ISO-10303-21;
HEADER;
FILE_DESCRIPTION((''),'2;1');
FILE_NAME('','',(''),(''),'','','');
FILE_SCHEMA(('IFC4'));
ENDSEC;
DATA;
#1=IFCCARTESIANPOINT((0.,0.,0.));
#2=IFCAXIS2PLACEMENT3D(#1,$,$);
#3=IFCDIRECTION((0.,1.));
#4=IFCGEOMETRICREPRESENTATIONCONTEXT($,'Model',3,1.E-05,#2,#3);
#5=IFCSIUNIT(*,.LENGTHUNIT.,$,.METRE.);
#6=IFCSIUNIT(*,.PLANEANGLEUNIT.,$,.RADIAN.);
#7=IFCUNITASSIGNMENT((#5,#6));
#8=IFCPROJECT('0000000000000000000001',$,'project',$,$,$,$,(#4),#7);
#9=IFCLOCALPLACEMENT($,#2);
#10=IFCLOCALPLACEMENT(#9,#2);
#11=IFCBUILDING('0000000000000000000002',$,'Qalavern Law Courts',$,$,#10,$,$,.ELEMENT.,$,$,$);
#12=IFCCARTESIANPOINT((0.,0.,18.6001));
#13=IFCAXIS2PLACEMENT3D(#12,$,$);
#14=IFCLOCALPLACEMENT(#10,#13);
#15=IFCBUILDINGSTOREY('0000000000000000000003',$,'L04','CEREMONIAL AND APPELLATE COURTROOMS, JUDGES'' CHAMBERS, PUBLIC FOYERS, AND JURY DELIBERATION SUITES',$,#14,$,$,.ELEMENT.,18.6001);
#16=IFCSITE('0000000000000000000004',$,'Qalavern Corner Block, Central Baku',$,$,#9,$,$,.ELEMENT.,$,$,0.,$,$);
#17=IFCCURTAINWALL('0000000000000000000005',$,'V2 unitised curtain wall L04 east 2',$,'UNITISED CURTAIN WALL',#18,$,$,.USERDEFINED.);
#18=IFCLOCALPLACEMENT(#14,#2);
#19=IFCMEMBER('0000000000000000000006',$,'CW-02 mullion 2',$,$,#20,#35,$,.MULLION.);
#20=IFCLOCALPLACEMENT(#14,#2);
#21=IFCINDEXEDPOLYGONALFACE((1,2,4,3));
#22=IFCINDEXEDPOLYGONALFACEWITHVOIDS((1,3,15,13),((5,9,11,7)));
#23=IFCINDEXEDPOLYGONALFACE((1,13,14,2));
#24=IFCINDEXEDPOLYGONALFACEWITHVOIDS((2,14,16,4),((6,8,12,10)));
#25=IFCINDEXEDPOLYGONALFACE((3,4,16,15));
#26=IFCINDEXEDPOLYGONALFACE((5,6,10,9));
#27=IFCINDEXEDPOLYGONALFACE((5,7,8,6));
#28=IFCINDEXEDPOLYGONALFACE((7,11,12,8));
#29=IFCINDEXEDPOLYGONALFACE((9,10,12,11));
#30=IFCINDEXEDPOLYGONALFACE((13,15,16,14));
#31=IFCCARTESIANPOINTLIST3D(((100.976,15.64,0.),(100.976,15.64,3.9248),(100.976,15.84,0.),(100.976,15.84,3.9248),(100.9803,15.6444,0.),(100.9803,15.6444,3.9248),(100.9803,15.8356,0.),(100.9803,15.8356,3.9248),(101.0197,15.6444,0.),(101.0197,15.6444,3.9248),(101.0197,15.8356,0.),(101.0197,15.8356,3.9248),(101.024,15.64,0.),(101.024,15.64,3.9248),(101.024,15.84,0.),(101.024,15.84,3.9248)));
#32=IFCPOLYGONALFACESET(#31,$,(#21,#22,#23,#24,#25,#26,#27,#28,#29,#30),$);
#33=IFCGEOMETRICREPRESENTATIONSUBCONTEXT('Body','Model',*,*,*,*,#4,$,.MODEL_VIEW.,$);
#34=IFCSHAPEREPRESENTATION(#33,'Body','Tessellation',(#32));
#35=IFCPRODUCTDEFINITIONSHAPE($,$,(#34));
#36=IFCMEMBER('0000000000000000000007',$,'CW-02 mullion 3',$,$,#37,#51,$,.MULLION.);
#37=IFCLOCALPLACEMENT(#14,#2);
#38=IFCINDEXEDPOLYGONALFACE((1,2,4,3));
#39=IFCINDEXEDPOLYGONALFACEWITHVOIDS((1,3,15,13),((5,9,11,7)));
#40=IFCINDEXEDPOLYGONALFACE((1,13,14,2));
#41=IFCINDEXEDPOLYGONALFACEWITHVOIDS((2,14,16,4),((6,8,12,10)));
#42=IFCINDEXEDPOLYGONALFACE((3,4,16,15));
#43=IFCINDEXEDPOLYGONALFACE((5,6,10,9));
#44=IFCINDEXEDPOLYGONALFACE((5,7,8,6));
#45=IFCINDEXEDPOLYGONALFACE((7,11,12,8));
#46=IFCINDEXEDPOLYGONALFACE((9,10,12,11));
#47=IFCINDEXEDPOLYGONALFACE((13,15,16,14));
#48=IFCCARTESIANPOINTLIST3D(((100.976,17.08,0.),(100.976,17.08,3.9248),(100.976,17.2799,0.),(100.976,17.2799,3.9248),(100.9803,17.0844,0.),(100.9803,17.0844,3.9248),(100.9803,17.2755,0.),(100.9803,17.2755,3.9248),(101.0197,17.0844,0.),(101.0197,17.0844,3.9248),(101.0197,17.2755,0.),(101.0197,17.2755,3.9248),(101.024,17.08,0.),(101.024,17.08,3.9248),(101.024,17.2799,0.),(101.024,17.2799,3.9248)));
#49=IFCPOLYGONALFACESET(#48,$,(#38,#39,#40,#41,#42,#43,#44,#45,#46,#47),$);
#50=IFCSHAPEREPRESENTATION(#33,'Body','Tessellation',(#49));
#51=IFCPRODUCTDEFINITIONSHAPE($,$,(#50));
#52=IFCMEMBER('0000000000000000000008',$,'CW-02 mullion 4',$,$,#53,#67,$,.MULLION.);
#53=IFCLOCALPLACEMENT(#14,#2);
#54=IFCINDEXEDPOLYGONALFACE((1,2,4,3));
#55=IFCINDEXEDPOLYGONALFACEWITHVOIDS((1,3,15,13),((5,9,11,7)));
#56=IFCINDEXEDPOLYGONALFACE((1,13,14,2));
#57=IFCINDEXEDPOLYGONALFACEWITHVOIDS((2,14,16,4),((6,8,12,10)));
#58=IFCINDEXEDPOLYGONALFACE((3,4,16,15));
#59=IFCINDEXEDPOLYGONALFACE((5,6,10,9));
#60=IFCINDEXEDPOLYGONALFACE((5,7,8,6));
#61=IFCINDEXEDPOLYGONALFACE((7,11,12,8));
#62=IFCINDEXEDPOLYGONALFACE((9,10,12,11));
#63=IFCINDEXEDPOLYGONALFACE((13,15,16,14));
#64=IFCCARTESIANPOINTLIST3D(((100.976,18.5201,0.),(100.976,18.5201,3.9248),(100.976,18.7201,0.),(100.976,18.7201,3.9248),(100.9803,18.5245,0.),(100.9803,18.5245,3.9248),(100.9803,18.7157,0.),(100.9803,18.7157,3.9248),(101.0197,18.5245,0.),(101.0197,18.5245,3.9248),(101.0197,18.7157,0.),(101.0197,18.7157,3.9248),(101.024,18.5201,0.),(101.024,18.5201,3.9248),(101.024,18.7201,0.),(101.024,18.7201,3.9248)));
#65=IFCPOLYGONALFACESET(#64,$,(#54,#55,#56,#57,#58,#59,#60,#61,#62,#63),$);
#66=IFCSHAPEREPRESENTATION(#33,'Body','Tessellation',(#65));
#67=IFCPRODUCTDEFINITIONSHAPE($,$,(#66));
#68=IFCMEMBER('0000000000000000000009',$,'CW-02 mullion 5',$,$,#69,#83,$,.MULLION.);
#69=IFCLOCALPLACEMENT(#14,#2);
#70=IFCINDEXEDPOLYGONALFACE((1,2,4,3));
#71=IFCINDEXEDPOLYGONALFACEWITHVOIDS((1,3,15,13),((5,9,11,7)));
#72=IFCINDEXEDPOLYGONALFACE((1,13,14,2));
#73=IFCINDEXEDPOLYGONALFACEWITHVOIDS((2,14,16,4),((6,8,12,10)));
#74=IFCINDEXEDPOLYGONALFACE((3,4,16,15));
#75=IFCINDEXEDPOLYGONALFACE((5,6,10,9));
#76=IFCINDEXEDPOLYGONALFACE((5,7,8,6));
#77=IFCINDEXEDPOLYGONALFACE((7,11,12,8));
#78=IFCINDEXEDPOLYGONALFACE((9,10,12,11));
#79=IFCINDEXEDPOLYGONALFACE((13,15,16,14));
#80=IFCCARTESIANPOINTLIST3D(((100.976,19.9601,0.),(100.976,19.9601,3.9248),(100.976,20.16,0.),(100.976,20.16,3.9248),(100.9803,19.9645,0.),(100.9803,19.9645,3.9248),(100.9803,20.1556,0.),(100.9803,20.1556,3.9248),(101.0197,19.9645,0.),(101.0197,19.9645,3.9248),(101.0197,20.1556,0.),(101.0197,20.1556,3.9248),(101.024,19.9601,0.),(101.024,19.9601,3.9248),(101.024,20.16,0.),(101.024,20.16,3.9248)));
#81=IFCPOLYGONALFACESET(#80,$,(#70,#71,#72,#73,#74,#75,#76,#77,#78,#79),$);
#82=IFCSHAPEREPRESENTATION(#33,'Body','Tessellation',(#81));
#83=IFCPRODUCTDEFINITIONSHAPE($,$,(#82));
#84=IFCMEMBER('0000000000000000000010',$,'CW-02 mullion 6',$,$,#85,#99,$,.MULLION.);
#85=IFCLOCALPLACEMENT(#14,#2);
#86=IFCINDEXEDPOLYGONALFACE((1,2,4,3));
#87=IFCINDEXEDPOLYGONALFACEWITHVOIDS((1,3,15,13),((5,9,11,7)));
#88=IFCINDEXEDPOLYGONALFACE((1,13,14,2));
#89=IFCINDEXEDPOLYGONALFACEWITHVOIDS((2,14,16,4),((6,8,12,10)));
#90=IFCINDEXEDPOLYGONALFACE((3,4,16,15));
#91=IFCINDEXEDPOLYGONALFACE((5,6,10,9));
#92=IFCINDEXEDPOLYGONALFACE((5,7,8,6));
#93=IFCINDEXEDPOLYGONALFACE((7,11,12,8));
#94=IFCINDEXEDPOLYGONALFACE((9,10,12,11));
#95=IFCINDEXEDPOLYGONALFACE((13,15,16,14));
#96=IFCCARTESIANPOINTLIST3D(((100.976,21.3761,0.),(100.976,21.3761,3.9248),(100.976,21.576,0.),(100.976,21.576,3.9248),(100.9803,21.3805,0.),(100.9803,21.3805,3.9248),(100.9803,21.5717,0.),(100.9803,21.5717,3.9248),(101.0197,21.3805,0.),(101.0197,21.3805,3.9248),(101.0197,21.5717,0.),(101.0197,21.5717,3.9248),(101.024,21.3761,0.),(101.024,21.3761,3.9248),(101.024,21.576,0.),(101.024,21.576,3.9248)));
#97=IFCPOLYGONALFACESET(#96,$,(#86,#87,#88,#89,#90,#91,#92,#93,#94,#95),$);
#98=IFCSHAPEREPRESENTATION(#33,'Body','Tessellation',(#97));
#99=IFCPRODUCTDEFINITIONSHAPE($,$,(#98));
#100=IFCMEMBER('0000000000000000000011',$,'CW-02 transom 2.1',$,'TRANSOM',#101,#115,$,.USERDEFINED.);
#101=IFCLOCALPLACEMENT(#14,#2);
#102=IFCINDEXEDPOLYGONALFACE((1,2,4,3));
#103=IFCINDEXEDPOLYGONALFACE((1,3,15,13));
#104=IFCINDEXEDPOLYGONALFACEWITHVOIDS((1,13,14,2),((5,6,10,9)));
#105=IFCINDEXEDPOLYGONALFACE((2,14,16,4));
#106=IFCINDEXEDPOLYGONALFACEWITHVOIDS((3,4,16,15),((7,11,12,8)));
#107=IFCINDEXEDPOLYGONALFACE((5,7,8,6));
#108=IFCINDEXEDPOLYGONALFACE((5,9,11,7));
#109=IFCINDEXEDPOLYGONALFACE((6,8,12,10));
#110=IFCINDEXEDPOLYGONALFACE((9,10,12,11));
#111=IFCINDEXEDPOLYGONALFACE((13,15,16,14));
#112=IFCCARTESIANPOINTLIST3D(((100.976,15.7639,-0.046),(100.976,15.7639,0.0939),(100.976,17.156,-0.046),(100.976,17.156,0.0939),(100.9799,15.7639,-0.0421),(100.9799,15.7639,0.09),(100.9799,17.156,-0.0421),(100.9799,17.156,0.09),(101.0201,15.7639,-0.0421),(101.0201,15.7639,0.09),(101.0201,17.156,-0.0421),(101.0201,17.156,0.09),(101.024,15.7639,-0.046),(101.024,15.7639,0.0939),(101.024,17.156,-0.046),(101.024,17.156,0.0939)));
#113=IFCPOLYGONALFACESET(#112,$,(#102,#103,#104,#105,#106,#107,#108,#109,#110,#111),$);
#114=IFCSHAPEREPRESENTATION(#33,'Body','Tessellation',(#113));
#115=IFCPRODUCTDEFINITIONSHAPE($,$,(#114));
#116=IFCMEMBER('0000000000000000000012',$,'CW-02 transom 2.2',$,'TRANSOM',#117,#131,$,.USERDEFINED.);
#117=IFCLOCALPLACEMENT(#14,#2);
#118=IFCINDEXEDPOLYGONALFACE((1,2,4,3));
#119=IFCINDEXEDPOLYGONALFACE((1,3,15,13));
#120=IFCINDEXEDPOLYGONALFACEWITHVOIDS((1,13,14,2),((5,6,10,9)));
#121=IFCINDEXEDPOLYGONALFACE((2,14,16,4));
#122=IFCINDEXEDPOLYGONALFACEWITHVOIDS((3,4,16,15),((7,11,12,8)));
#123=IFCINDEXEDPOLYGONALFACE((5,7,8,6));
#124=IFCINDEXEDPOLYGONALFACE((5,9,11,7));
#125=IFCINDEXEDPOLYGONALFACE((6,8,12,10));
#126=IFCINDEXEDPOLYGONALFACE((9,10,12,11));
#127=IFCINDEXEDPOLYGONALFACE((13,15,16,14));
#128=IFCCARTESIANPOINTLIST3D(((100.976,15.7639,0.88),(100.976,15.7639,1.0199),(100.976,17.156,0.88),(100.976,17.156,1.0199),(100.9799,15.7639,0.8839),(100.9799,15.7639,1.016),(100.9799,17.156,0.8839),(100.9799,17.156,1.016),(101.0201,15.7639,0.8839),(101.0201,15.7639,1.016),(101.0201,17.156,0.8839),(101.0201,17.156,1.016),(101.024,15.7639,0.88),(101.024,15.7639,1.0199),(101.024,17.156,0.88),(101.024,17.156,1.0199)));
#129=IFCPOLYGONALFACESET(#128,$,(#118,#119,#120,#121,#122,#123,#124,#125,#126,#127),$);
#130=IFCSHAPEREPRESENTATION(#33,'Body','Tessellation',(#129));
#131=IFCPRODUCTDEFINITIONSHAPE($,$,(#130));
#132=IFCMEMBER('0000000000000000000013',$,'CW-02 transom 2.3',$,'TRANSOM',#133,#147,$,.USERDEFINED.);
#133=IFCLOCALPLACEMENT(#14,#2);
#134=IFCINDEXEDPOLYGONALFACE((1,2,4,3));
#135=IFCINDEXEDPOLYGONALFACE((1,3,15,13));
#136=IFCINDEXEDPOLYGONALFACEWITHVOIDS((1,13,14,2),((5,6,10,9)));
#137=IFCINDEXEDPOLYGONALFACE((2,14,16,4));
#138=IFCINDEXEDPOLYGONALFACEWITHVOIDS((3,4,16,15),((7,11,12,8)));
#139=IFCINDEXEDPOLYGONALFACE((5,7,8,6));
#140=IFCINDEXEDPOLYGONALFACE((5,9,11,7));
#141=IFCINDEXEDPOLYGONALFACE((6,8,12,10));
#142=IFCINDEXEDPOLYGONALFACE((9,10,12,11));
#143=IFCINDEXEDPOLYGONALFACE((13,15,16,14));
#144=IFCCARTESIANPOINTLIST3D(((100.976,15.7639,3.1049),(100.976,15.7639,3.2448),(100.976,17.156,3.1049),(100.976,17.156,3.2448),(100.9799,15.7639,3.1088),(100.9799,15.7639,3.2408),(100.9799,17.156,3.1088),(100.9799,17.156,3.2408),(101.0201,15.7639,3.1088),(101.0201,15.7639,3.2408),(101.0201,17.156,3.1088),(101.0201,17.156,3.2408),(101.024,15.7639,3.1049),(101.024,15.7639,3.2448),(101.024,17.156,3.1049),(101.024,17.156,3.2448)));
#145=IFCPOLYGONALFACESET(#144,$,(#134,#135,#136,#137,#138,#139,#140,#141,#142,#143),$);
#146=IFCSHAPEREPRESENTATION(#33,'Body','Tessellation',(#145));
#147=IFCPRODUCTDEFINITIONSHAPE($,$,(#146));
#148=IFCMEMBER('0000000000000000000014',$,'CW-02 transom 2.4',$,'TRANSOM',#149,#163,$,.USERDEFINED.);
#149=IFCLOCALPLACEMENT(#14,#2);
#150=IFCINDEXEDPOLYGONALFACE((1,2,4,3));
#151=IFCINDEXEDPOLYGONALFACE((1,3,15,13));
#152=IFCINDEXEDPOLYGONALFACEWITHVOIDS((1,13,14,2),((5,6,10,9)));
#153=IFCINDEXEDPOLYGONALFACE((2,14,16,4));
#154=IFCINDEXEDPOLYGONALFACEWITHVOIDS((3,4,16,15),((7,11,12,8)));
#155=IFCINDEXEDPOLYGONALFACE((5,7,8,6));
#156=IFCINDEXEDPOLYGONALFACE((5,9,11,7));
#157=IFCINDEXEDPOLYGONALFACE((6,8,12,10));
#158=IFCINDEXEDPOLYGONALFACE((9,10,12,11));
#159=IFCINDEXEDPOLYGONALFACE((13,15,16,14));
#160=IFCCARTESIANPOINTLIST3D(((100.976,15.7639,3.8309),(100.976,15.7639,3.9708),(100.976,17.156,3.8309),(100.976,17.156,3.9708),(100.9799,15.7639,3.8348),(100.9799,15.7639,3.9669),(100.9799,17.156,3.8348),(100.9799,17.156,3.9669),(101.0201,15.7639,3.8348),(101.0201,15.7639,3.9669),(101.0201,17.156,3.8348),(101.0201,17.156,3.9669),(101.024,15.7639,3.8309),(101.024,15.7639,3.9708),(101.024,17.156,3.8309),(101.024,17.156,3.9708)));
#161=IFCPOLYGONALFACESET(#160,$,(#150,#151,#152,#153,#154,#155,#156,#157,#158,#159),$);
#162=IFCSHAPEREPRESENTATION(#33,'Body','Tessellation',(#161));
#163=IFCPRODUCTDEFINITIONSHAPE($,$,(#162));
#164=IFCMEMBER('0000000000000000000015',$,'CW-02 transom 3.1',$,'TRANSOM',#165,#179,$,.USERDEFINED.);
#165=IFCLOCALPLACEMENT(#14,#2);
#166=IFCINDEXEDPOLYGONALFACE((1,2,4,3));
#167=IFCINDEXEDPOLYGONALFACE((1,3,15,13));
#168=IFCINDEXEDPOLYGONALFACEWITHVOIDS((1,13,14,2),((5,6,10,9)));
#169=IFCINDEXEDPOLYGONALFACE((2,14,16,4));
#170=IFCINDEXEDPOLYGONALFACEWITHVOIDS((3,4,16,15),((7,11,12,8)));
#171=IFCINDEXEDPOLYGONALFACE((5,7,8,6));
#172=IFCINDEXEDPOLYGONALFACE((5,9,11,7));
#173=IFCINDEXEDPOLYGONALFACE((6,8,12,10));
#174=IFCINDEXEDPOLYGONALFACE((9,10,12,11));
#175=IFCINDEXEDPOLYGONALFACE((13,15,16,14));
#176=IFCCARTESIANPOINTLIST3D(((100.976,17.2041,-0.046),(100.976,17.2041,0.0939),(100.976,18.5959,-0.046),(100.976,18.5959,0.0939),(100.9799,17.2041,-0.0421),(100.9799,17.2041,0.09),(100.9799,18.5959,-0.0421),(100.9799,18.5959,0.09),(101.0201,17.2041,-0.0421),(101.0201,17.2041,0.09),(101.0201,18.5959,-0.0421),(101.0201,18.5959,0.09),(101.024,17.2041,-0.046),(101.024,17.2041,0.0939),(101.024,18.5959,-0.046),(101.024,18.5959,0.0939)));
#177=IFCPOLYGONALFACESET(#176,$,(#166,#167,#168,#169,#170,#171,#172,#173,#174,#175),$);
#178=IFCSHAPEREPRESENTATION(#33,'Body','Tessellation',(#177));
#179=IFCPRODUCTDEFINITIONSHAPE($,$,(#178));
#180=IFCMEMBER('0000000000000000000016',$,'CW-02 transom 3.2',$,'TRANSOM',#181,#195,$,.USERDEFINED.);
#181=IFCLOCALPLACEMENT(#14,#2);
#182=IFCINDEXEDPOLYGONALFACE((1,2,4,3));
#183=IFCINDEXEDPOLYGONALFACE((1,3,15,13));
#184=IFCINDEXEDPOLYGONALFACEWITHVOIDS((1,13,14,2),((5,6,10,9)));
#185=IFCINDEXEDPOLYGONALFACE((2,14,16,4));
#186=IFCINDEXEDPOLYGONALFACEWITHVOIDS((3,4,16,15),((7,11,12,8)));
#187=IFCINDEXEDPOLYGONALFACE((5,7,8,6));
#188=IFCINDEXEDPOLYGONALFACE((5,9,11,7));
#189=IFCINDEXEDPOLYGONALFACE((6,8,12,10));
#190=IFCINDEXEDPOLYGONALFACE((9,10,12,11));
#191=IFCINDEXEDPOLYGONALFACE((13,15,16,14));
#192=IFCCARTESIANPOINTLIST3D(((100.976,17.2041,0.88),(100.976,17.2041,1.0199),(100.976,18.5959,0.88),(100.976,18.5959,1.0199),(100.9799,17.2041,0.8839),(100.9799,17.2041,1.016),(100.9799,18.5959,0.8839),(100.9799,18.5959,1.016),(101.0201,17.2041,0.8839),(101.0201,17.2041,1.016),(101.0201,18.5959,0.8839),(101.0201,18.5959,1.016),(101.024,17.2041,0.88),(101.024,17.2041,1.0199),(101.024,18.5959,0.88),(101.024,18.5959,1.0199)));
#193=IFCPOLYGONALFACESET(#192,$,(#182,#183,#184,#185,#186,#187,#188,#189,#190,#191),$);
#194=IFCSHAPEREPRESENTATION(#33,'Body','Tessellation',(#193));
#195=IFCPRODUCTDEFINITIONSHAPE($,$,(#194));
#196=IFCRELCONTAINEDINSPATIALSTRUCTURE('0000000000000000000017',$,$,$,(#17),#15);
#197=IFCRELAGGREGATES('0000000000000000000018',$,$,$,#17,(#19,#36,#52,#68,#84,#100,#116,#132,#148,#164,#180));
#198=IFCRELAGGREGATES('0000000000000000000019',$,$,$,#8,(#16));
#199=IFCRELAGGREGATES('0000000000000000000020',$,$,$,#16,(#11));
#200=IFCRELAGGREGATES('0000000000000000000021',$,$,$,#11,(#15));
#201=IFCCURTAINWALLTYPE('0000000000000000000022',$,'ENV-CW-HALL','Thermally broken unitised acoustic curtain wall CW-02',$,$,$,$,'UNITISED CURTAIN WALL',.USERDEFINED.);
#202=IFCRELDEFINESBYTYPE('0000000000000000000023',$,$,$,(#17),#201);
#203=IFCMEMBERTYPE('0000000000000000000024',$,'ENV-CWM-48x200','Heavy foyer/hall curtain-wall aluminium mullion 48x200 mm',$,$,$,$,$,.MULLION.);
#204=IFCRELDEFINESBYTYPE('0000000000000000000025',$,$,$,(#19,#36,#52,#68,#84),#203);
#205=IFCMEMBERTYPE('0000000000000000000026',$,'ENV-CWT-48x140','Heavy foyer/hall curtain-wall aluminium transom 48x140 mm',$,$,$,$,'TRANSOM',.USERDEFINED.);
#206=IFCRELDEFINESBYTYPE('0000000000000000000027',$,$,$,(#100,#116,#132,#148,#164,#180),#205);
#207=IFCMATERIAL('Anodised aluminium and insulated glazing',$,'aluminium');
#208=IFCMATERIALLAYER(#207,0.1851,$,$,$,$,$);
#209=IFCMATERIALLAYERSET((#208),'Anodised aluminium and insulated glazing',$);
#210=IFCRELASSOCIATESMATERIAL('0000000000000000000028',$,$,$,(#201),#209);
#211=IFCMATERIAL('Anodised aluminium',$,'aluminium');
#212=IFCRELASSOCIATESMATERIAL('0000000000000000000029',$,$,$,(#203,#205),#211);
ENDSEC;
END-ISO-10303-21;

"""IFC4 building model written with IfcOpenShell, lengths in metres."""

from ifc_helpers import new_model, si_unit, direction, frame, origin, origin_2d, place, context, subcontext, project, spatial, hollow_rectangle, extrude, material, layer, layer_set, material_profile, profile_set, type_object, element, aggregate, save


model = new_model("IFC4")

# Units and contexts
model_context = context("Model", 3, precision=1e-05, world=origin(), true_north=direction((0.0, 1.0)))
body_context = subcontext(model_context, "Body", "Model", "MODEL_VIEW")
ifc_project = project(units=[si_unit("LENGTHUNIT", "METRE"), si_unit("PLANEANGLEUNIT", "RADIAN")], contexts=[model_context])

# Site, building, storey
site_placement = place(None, origin())
site = spatial("IfcSite", under=ifc_project, at=site_placement, Name="Qalavern Corner Block, Central Baku", CompositionType="ELEMENT", RefElevation=0.0)
building_placement = place(site_placement, origin())
building = spatial("IfcBuilding", under=site, at=building_placement, Name="Qalavern Law Courts", CompositionType="ELEMENT")
storey_placement = place(building_placement, frame((0.0, 0.0, 18.6001)))
storey = spatial("IfcBuildingStorey", under=building, at=storey_placement, Name="L04", Description="CEREMONIAL AND APPELLATE COURTROOMS, JUDGES' CHAMBERS, PUBLIC FOYERS, AND JURY DELIBERATION SUITES", CompositionType="ELEMENT", Elevation=18.6001)

# Curtain wall, members
ifc_material_1 = material(Name="Anodised aluminium and insulated glazing", Category="aluminium")
ifc_layer_1 = layer(ifc_material_1, 0.1851)
ifc_layer_set_1 = layer_set([ifc_layer_1], Name="Anodised aluminium and insulated glazing")
curtain_wall_type = type_object("IfcCurtainWallType", Name="ENV-CW-HALL", Description="Thermally broken unitised acoustic curtain wall CW-02", ElementType="UNITISED CURTAIN WALL", PredefinedType="USERDEFINED", material=ifc_layer_set_1)
curtain_wall_placement = place(storey_placement, origin())
curtain_wall = element("IfcCurtainWall", 1, at=curtain_wall_placement, inside=storey, type_object=curtain_wall_type, Name="V2 unitised curtain wall L04 east 2", ObjectType="UNITISED CURTAIN WALL", PredefinedType="USERDEFINED")
ifc_material_2 = material(Name="Anodised aluminium", Category="aluminium")
ifc_material_profile_1 = material_profile(ifc_material_2, hollow_rectangle(XDim=0.0481, YDim=0.2, WallThickness=0.0044, at=origin_2d()), Name="ALU MULLION 48x200")
ifc_profile_set_1 = profile_set([ifc_material_profile_1], Name="Anodised aluminium")
member_type_1 = type_object("IfcMemberType", Name="ENV-CWM-48x200", Description="Heavy foyer/hall curtain-wall aluminium mullion 48x200 mm", PredefinedType="MULLION", material=ifc_profile_set_1)
member_1_placement = place(storey_placement, frame((101.0, 15.74, 0.0), z_axis=(0.0, 0.0, 1.0), x_axis=(-1.0, 0.0, 0.0)))
member_1 = element("IfcMember", 2, at=member_1_placement, type_object=member_type_1, Name="CW-02 mullion 2", PredefinedType="MULLION", context=body_context, shape_type="SweptSolid", body=[
    extrude(hollow_rectangle(XDim=0.0481, YDim=0.2, WallThickness=0.0044, at=origin_2d()), origin(), (0.0, 0.0, 1.0), 3.9248),
])
member_2_placement = place(storey_placement, frame((101.0, 17.1799, 0.0), z_axis=(0.0, 0.0, 1.0), x_axis=(-1.0, 0.0, 0.0)))
member_2 = element("IfcMember", 3, at=member_2_placement, type_object=member_type_1, Name="CW-02 mullion 3", PredefinedType="MULLION", context=body_context, shape_type="SweptSolid", body=[
    extrude(hollow_rectangle(XDim=0.0481, YDim=0.2, WallThickness=0.0044, at=origin_2d()), origin(), (0.0, 0.0, 1.0), 3.9248),
])
member_3_placement = place(storey_placement, frame((101.0, 18.6201, 0.0), z_axis=(0.0, 0.0, 1.0), x_axis=(-1.0, 0.0, 0.0)))
member_3 = element("IfcMember", 4, at=member_3_placement, type_object=member_type_1, Name="CW-02 mullion 4", PredefinedType="MULLION", context=body_context, shape_type="SweptSolid", body=[
    extrude(hollow_rectangle(XDim=0.0481, YDim=0.2, WallThickness=0.0044, at=origin_2d()), origin(), (0.0, 0.0, 1.0), 3.9248),
])
member_4_placement = place(storey_placement, frame((101.0, 20.0601, 0.0), z_axis=(0.0, 0.0, 1.0), x_axis=(-1.0, 0.0, 0.0)))
member_4 = element("IfcMember", 5, at=member_4_placement, type_object=member_type_1, Name="CW-02 mullion 5", PredefinedType="MULLION", context=body_context, shape_type="SweptSolid", body=[
    extrude(hollow_rectangle(XDim=0.0481, YDim=0.2, WallThickness=0.0044, at=origin_2d()), origin(), (0.0, 0.0, 1.0), 3.9248),
])
member_5_placement = place(storey_placement, frame((101.0, 21.4761, 0.0), z_axis=(0.0, 0.0, 1.0), x_axis=(-1.0, 0.0, 0.0)))
member_5 = element("IfcMember", 6, at=member_5_placement, type_object=member_type_1, Name="CW-02 mullion 6", PredefinedType="MULLION", context=body_context, shape_type="SweptSolid", body=[
    extrude(hollow_rectangle(XDim=0.0481, YDim=0.2, WallThickness=0.0044, at=origin_2d()), origin(), (0.0, 0.0, 1.0), 3.9248),
])
ifc_material_profile_2 = material_profile(ifc_material_2, hollow_rectangle(XDim=0.0481, YDim=0.1399, WallThickness=0.0039, at=origin_2d()), Name="ALU TRANSOM 48x140")
ifc_profile_set_2 = profile_set([ifc_material_profile_2], Name="Anodised aluminium")
member_type_2 = type_object("IfcMemberType", Name="ENV-CWT-48x140", Description="Heavy foyer/hall curtain-wall aluminium transom 48x140 mm", ElementType="TRANSOM", PredefinedType="USERDEFINED", material=ifc_profile_set_2)
member_6_placement = place(storey_placement, frame((101.0, 15.7639, 0.0239), z_axis=(0.0, 1.0, 0.0), x_axis=(-1.0, 0.0, 0.0)))
member_6 = element("IfcMember", 7, at=member_6_placement, type_object=member_type_2, Name="CW-02 transom 2.1", ObjectType="TRANSOM", PredefinedType="USERDEFINED", context=body_context, shape_type="SweptSolid", body=[
    extrude(hollow_rectangle(XDim=0.0481, YDim=0.1399, WallThickness=0.0039, at=origin_2d()), origin(), (0.0, 0.0, 1.0), 1.3921),
])
member_7_placement = place(storey_placement, frame((101.0, 15.7639, 0.95), z_axis=(0.0, 1.0, 0.0), x_axis=(-1.0, 0.0, 0.0)))
member_7 = element("IfcMember", 8, at=member_7_placement, type_object=member_type_2, Name="CW-02 transom 2.2", ObjectType="TRANSOM", PredefinedType="USERDEFINED", context=body_context, shape_type="SweptSolid", body=[
    extrude(hollow_rectangle(XDim=0.0481, YDim=0.1399, WallThickness=0.0039, at=origin_2d()), origin(), (0.0, 0.0, 1.0), 1.3921),
])
member_8_placement = place(storey_placement, frame((101.0, 15.7639, 3.1748), z_axis=(0.0, 1.0, 0.0), x_axis=(-1.0, 0.0, 0.0)))
member_8 = element("IfcMember", 9, at=member_8_placement, type_object=member_type_2, Name="CW-02 transom 2.3", ObjectType="TRANSOM", PredefinedType="USERDEFINED", context=body_context, shape_type="SweptSolid", body=[
    extrude(hollow_rectangle(XDim=0.0481, YDim=0.1399, WallThickness=0.0039, at=origin_2d()), origin(), (0.0, 0.0, 1.0), 1.3921),
])
member_9_placement = place(storey_placement, frame((101.0, 15.7639, 3.9009), z_axis=(0.0, 1.0, 0.0), x_axis=(-1.0, 0.0, 0.0)))
member_9 = element("IfcMember", 10, at=member_9_placement, type_object=member_type_2, Name="CW-02 transom 2.4", ObjectType="TRANSOM", PredefinedType="USERDEFINED", context=body_context, shape_type="SweptSolid", body=[
    extrude(hollow_rectangle(XDim=0.0481, YDim=0.1399, WallThickness=0.0039, at=origin_2d()), origin(), (0.0, 0.0, 1.0), 1.3921),
])
member_10_placement = place(storey_placement, frame((101.0, 17.2041, 0.0239), z_axis=(0.0, 1.0, 0.0), x_axis=(-1.0, 0.0, 0.0)))
member_10 = element("IfcMember", 11, at=member_10_placement, type_object=member_type_2, Name="CW-02 transom 3.1", ObjectType="TRANSOM", PredefinedType="USERDEFINED", context=body_context, shape_type="SweptSolid", body=[
    extrude(hollow_rectangle(XDim=0.0481, YDim=0.1399, WallThickness=0.0039, at=origin_2d()), origin(), (0.0, 0.0, 1.0), 1.3918),
])
member_11_placement = place(storey_placement, frame((101.0, 17.2041, 0.95), z_axis=(0.0, 1.0, 0.0), x_axis=(-1.0, 0.0, 0.0)))
member_11 = element("IfcMember", 12, at=member_11_placement, type_object=member_type_2, Name="CW-02 transom 3.2", ObjectType="TRANSOM", PredefinedType="USERDEFINED", context=body_context, shape_type="SweptSolid", body=[
    extrude(hollow_rectangle(XDim=0.0481, YDim=0.1399, WallThickness=0.0039, at=origin_2d()), origin(), (0.0, 0.0, 1.0), 1.3918),
])
aggregate(curtain_wall, [member_1, member_2, member_3, member_4, member_5, member_6, member_7, member_8, member_9, member_10, member_11])

save(model, "model.ifc")
